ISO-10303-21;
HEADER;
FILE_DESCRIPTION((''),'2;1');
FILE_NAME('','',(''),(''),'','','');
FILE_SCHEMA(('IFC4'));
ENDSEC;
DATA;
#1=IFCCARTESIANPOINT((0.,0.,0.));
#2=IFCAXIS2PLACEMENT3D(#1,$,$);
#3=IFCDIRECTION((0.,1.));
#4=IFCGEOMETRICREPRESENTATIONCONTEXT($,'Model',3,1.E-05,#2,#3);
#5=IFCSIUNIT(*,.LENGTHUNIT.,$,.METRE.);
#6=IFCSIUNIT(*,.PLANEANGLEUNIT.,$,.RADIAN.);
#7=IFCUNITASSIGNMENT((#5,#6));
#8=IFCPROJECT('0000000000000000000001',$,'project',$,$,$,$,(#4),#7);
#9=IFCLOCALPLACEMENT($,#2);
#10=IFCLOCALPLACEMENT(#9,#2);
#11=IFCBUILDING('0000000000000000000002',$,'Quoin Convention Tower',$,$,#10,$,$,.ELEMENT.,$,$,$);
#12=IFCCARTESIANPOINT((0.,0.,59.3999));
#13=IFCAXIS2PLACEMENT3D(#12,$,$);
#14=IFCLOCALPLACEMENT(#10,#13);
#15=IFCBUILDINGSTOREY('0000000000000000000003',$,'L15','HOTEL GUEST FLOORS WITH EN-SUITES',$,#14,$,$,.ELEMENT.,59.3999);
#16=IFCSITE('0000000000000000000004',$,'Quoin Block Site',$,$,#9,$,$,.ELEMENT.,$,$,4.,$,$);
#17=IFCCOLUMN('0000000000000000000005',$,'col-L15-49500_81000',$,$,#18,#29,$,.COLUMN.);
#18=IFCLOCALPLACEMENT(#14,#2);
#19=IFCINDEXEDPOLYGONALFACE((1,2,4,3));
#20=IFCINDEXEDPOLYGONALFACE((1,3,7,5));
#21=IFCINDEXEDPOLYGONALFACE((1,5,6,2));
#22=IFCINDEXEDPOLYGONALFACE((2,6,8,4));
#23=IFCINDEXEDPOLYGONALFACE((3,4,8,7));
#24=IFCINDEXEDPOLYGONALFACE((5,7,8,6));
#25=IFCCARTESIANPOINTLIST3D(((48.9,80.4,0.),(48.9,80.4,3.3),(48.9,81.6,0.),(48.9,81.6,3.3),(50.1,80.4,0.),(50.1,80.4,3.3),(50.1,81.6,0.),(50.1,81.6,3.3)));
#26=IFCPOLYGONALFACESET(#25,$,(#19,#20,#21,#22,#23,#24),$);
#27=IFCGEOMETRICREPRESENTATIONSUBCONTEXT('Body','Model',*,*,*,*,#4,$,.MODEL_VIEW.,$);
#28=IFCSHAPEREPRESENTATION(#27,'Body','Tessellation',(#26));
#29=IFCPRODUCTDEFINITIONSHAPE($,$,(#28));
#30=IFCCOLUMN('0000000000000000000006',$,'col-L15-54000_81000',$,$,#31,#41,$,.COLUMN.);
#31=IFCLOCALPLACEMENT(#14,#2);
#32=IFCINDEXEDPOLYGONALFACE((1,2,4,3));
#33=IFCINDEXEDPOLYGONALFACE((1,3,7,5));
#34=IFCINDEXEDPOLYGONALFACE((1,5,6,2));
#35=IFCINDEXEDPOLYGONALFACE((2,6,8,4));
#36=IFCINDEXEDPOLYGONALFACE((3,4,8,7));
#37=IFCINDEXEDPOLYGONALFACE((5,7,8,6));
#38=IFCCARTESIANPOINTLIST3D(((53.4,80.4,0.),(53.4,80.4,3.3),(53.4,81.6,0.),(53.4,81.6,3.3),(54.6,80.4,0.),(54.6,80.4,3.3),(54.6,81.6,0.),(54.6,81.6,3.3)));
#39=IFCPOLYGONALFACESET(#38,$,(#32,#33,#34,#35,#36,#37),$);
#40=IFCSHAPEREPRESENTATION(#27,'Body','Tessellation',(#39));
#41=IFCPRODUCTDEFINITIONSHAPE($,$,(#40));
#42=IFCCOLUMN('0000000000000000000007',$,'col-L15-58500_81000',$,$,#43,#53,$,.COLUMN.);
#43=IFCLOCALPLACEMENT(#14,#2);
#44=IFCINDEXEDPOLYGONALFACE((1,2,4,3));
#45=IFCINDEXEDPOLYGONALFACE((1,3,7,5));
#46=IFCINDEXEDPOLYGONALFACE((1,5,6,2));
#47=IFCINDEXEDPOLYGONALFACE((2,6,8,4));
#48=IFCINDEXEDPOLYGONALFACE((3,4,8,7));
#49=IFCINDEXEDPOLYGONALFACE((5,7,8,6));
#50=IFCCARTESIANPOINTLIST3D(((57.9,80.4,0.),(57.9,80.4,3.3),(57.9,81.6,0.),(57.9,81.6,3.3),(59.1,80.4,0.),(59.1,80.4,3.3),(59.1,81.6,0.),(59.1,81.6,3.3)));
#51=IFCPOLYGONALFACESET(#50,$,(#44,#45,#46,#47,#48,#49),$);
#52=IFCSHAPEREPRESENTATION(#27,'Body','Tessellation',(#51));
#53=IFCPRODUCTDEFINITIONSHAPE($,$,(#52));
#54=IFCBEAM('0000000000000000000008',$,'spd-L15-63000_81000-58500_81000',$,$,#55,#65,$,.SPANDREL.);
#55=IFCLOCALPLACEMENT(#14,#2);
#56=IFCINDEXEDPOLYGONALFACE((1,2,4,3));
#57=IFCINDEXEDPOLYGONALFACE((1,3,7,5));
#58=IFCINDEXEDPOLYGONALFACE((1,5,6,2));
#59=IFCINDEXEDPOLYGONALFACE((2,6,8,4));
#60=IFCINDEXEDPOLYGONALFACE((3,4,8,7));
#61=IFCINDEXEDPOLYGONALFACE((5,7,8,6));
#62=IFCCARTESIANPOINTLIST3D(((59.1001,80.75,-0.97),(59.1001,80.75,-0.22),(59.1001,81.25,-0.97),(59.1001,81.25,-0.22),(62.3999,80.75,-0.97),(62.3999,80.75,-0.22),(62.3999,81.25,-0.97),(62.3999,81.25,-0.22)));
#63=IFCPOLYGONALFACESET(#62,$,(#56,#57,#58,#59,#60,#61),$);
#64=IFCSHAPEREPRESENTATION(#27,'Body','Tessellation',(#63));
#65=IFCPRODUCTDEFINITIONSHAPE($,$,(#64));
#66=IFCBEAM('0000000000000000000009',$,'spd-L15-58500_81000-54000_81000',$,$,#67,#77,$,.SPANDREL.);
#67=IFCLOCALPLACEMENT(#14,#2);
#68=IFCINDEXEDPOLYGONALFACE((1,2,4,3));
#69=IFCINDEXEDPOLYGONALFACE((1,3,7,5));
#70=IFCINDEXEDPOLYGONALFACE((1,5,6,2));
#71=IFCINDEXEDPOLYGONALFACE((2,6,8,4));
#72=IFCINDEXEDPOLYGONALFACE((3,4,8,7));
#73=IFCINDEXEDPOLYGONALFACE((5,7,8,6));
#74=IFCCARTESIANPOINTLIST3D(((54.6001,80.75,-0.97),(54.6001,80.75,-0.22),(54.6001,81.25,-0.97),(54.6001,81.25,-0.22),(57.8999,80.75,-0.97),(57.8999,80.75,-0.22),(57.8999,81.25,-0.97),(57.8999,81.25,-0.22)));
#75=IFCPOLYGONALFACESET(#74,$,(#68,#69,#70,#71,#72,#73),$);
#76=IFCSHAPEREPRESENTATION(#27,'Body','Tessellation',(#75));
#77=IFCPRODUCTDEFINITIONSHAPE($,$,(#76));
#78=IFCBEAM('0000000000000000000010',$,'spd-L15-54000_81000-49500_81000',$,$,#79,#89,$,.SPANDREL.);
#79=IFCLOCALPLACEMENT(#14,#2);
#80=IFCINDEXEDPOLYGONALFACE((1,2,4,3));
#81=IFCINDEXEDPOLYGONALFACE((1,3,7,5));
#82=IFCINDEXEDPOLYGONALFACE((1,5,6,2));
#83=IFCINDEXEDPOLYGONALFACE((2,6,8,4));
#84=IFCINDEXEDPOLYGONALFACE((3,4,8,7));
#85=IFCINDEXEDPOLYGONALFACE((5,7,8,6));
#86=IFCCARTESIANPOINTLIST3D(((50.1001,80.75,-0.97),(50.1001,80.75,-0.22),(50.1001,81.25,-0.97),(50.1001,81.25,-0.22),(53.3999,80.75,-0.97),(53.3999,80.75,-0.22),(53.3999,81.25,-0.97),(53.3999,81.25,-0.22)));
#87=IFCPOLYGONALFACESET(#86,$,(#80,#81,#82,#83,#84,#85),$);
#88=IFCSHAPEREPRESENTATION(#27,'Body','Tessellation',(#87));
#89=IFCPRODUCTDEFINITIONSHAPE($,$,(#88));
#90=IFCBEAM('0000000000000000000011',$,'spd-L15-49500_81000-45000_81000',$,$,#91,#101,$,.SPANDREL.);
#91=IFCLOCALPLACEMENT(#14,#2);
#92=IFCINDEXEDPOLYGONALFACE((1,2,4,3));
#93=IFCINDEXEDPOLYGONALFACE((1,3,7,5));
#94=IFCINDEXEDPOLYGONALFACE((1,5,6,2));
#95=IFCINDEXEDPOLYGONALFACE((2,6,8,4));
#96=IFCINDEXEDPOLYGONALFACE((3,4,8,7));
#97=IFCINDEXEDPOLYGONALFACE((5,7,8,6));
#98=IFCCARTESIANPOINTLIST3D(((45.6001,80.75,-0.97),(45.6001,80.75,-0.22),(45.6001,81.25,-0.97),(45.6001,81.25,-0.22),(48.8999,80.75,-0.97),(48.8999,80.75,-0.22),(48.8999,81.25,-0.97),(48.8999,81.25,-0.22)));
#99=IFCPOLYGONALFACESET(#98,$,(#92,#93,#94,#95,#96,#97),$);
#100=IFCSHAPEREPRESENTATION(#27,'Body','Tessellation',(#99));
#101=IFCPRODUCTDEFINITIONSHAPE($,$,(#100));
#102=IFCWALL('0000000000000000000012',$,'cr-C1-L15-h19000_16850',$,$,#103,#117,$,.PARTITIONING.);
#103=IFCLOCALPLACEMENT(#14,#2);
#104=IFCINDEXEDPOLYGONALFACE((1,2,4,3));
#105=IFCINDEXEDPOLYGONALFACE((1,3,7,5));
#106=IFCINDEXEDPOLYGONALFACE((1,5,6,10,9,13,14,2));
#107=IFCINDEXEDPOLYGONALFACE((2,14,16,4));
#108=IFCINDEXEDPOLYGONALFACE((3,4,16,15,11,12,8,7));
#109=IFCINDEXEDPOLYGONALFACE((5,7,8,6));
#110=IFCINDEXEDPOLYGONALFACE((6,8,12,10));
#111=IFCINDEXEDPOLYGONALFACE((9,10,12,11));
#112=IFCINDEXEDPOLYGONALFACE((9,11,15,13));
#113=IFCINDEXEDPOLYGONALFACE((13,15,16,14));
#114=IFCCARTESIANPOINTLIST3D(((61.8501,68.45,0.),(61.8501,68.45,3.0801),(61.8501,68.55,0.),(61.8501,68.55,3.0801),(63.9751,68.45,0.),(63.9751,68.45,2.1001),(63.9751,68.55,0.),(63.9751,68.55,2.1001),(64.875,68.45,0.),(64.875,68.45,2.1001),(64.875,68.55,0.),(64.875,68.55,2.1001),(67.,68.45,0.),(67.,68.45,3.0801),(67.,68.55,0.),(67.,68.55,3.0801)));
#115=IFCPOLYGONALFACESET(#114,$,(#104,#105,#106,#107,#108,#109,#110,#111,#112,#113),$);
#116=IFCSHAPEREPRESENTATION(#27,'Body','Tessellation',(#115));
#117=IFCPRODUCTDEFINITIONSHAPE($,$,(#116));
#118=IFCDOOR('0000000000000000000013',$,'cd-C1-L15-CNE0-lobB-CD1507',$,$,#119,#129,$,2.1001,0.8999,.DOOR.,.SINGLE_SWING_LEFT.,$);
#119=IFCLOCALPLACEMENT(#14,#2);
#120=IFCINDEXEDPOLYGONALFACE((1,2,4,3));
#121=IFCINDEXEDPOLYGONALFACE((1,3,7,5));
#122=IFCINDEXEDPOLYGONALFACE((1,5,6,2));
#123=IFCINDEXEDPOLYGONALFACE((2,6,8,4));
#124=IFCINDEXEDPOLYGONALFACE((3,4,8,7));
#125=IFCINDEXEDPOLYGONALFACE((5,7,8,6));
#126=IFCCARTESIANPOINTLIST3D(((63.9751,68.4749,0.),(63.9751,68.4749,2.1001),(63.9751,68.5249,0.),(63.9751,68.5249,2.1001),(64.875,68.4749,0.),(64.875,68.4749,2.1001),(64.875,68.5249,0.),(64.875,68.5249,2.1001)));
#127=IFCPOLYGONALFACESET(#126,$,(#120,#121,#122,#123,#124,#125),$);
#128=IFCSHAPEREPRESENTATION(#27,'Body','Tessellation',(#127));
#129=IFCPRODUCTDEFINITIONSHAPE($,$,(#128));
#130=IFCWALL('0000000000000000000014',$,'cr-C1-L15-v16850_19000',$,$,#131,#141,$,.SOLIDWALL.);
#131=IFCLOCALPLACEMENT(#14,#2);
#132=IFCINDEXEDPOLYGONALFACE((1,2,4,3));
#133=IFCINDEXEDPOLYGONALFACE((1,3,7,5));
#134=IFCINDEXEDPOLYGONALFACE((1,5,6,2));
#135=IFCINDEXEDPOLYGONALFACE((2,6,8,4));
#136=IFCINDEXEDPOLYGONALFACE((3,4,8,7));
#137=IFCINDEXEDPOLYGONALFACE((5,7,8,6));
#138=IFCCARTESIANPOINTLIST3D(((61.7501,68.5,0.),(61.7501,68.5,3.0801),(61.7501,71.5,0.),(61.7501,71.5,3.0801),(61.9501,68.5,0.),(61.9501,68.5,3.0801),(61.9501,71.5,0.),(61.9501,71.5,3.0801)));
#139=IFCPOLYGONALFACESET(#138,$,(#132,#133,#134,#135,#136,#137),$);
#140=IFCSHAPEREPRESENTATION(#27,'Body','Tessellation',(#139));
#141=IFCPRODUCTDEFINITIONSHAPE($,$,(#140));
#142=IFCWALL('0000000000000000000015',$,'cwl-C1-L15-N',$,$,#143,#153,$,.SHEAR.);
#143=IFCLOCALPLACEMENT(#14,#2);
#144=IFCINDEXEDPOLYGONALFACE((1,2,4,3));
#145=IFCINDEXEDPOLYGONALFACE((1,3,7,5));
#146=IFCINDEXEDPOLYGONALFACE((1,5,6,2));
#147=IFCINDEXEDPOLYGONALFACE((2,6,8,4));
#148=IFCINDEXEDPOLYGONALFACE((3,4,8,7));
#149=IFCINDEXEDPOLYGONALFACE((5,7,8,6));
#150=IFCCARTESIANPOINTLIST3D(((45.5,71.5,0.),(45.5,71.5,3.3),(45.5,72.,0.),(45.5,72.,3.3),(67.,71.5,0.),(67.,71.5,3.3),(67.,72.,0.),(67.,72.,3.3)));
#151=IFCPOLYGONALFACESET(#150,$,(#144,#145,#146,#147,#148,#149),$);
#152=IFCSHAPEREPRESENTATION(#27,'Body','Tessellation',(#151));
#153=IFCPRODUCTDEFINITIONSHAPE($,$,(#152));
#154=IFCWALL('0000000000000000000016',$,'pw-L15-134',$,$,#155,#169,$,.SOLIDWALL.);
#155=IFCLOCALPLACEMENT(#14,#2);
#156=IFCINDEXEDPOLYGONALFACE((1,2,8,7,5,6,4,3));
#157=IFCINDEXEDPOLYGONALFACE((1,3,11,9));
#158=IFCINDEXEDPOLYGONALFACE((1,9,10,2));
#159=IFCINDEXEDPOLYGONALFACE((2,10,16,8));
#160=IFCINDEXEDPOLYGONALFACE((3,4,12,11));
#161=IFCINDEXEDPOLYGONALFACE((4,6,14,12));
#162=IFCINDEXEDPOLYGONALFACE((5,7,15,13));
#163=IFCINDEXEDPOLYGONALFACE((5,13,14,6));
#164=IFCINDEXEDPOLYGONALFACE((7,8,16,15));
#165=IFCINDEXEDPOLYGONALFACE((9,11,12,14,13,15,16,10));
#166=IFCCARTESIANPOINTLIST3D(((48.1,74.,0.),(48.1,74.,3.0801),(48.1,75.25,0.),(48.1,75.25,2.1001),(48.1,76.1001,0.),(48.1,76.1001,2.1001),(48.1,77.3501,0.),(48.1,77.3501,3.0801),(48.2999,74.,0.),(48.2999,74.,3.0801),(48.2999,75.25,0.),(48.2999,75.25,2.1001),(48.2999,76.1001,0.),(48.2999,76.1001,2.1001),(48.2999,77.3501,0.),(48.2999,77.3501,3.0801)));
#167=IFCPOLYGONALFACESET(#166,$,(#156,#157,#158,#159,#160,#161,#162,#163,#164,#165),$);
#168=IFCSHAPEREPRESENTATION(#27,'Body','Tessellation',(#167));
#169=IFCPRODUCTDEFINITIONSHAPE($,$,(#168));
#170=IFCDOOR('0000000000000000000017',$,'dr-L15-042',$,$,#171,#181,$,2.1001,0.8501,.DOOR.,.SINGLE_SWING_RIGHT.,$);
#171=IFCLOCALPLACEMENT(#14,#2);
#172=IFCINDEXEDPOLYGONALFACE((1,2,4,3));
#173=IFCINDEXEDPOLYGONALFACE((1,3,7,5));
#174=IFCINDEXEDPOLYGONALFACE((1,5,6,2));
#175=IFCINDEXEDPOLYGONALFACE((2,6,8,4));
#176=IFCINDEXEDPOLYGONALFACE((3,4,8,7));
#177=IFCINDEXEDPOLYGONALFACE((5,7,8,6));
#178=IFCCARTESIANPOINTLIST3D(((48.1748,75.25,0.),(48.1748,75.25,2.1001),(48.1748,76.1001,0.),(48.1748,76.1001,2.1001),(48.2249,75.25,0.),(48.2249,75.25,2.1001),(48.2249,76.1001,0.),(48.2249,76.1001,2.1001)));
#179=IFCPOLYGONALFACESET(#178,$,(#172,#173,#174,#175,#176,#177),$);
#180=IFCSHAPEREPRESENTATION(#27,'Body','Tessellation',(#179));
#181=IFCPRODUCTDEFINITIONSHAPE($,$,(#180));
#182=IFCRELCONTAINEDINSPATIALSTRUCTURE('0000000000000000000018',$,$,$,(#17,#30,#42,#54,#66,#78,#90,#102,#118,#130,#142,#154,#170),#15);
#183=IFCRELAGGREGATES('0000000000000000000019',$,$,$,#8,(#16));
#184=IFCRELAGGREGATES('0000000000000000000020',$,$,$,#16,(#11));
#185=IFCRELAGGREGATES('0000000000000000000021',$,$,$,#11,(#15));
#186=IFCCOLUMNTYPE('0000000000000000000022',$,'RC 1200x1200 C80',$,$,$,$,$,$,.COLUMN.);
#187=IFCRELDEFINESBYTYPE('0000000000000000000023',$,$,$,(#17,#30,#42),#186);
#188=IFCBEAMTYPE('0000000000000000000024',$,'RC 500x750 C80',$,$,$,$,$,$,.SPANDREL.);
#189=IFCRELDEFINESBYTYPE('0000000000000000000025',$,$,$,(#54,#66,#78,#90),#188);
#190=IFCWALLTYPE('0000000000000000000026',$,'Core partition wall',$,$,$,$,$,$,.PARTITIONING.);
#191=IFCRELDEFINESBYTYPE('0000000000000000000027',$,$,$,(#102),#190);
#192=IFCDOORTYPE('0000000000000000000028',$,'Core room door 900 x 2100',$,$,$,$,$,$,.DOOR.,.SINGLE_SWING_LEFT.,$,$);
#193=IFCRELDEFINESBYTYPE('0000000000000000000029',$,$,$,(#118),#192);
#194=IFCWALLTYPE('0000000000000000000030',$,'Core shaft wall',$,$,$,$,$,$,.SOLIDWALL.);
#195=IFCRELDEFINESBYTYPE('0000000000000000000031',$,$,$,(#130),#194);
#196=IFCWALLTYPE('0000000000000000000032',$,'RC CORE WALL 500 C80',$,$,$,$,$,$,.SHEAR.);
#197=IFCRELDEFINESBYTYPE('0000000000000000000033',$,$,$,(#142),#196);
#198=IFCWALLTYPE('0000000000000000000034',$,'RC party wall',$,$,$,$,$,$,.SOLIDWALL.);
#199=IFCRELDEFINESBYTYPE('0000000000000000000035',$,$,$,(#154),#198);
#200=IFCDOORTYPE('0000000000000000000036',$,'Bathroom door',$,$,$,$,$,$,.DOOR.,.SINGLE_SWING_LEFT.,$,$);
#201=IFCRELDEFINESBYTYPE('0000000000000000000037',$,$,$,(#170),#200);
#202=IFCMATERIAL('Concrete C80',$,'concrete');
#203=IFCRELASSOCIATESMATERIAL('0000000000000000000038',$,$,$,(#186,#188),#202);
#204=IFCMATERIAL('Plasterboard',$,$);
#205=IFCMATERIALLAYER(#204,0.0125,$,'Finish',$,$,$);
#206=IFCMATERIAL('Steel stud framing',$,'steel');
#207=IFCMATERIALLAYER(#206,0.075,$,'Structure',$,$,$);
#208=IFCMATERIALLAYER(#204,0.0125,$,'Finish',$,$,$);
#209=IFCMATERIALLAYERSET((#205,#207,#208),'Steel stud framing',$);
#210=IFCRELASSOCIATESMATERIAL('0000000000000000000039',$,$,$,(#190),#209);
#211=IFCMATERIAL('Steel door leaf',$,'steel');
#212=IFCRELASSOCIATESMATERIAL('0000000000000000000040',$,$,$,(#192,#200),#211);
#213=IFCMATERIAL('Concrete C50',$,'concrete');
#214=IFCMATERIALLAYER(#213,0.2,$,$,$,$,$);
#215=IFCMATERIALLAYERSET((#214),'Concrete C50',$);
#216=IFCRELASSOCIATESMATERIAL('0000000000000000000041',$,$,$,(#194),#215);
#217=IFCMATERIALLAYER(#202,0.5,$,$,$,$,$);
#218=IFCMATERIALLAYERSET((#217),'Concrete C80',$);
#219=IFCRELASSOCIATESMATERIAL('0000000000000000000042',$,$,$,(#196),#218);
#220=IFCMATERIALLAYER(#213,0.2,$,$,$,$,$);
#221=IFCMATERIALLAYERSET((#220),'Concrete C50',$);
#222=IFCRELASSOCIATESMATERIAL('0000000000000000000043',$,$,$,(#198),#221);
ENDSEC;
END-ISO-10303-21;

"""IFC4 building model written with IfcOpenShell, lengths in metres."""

from ifc_helpers import new_model, si_unit, direction, frame, frame_2d, origin, origin_2d, place, context, subcontext, project, spatial, rectangle, extrude, material, layer, layer_set, material_profile, profile_set, type_object, element, fill, save


model = new_model("IFC4")

# Units and contexts
model_context = context("Model", 3, precision=1e-05, world=origin(), true_north=direction((0.0, 1.0)))
body_context = subcontext(model_context, "Body", "Model", "MODEL_VIEW")
ifc_project = project(units=[si_unit("LENGTHUNIT", "METRE"), si_unit("PLANEANGLEUNIT", "RADIAN")], contexts=[model_context])

# Site, building, storey
site_placement = place(None, origin())
site = spatial("IfcSite", under=ifc_project, at=site_placement, Name="Quoin Block Site", CompositionType="ELEMENT", RefElevation=4.0)
building_placement = place(site_placement, origin())
building = spatial("IfcBuilding", under=site, at=building_placement, Name="Quoin Convention Tower", CompositionType="ELEMENT")
storey_placement = place(building_placement, frame((0.0, 0.0, 59.3999)))
storey = spatial("IfcBuildingStorey", under=building, at=storey_placement, Name="L15", Description="HOTEL GUEST FLOORS WITH EN-SUITES", CompositionType="ELEMENT", Elevation=59.3999)

# Columns
ifc_material_1 = material(Name="Concrete C80", Category="concrete")
ifc_material_profile_1 = material_profile(ifc_material_1, rectangle(XDim=1.2, YDim=1.2, at=origin_2d()), Name="RC 1200x1200")
ifc_profile_set_1 = profile_set([ifc_material_profile_1], Name="Concrete C80")
column_type = type_object("IfcColumnType", Name="RC 1200x1200 C80", PredefinedType="COLUMN", material=ifc_profile_set_1)
for number, where, z_axis, x_axis, name in (
    (1, (49.5, 81.0, 0.0), (0.0, 0.0, 1.0), (1.0, 0.0, 0.0), "col-L15-49500_81000"),
    (2, (54.0, 81.0, 0.0), (0.0, 0.0, 1.0), (1.0, 0.0, 0.0), "col-L15-54000_81000"),
    (3, (58.5, 81.0, 0.0), (0.0, 0.0, 1.0), (1.0, 0.0, 0.0), "col-L15-58500_81000"),
):
    element("IfcColumn", number, at=place(storey_placement, frame(where, z_axis=z_axis, x_axis=x_axis)), inside=storey, type_object=column_type, Name=name, PredefinedType="COLUMN", context=body_context, shape_type="SweptSolid", body=[
        extrude(rectangle(XDim=1.2, YDim=1.2, at=origin_2d()), origin(), (0.0, 0.0, 1.0), 3.3),
    ])

# Beams
ifc_material_profile_2 = material_profile(ifc_material_1, rectangle(XDim=0.5, YDim=0.75, at=origin_2d()), Name="RC 500x750")
ifc_profile_set_2 = profile_set([ifc_material_profile_2], Name="Concrete C80")
beam_type = type_object("IfcBeamType", Name="RC 500x750 C80", PredefinedType="SPANDREL", material=ifc_profile_set_2)
for number, where, z_axis, x_axis, name in (
    (4, (62.3999, 81.0, -0.595), (-1.0, 0.0, 0.0), (0.0, -1.0, 0.0), "spd-L15-63000_81000-58500_81000"),
    (5, (57.8999, 81.0, -0.595), (-1.0, 0.0, 0.0), (0.0, -1.0, 0.0), "spd-L15-58500_81000-54000_81000"),
    (6, (53.3999, 81.0, -0.595), (-1.0, 0.0, 0.0), (0.0, -1.0, 0.0), "spd-L15-54000_81000-49500_81000"),
    (7, (48.8999, 81.0, -0.595), (-1.0, 0.0, 0.0), (0.0, -1.0, 0.0), "spd-L15-49500_81000-45000_81000"),
):
    element("IfcBeam", number, at=place(storey_placement, frame(where, z_axis=z_axis, x_axis=x_axis)), inside=storey, type_object=beam_type, Name=name, PredefinedType="SPANDREL", context=body_context, shape_type="SweptSolid", body=[
        extrude(rectangle(XDim=0.5, YDim=0.75, at=origin_2d()), origin(), (0.0, 0.0, 1.0), 3.2998),
    ])

# Wall, opening, door
ifc_material_2 = material(Name="Plasterboard")
ifc_layer_1 = layer(ifc_material_2, 0.0125, Name="Finish")
ifc_material_3 = material(Name="Steel stud framing", Category="steel")
ifc_layer_2 = layer(ifc_material_3, 0.075, Name="Structure")
ifc_layer_3 = layer(ifc_material_2, 0.0125, Name="Finish")
ifc_layer_set_1 = layer_set([ifc_layer_1, ifc_layer_2, ifc_layer_3], Name="Steel stud framing")
wall_type_1 = type_object("IfcWallType", Name="Core partition wall", PredefinedType="PARTITIONING", material=ifc_layer_set_1)
wall_1_placement = place(storey_placement, frame((61.8501, 68.5, 0.0), z_axis=(0.0, 0.0, 1.0), x_axis=(1.0, 0.0, 0.0)))
wall_1 = element("IfcWall", 8, at=wall_1_placement, inside=storey, type_object=wall_type_1, Name="cr-C1-L15-h19000_16850", PredefinedType="PARTITIONING", context=body_context, shape_type="SweptSolid", body=[
    extrude(rectangle(XDim=5.1499, YDim=0.1001, at=frame_2d((2.575, 0.0))), origin(), (0.0, 0.0, 1.0), 3.0801),
])
opening_1_placement = place(wall_1_placement, frame((2.125, 0.0, 0.0)))
opening_1 = element("IfcOpeningElement", 9, at=opening_1_placement, cuts=wall_1, PredefinedType="OPENING", context=body_context, shape_type="SweptSolid", body=[
    extrude(rectangle(XDim=0.8999, YDim=2.1001, at=frame_2d((0.45, 1.05))), frame((0.0, 0.0601, 0.0), z_axis=(0.0, -1.0, 0.0), x_axis=(1.0, 0.0, 0.0)), (0.0, 0.0, 1.0), 0.1201),
])
ifc_material_4 = material(Name="Steel door leaf", Category="steel")
door_type_1 = type_object("IfcDoorType", Name="Core room door 900 x 2100", OperationType="SINGLE_SWING_LEFT", PredefinedType="DOOR", material=ifc_material_4)
door_1_placement = place(opening_1_placement, origin())
door_1 = element("IfcDoor", 10, at=door_1_placement, inside=storey, type_object=door_type_1, Name="cd-C1-L15-CNE0-lobB-CD1507", OperationType="SINGLE_SWING_LEFT", OverallHeight=2.1001, OverallWidth=0.8999, PredefinedType="DOOR", context=body_context, shape_type="SweptSolid", body=[
    extrude(rectangle(XDim=0.8999, YDim=2.1001, at=frame_2d((0.45, 1.05))), frame((0.0, 0.0249, 0.0), z_axis=(0.0, -1.0, 0.0), x_axis=(1.0, 0.0, 0.0)), (0.0, 0.0, 1.0), 0.05),
])
fill(opening_1, door_1)

# Walls
ifc_material_5 = material(Name="Concrete C50", Category="concrete")
ifc_layer_4 = layer(ifc_material_5, 0.2)
ifc_layer_set_2 = layer_set([ifc_layer_4], Name="Concrete C50")
wall_type_2 = type_object("IfcWallType", Name="Core shaft wall", PredefinedType="SOLIDWALL", material=ifc_layer_set_2)
wall_2_placement = place(storey_placement, frame((61.8501, 68.5, 0.0), z_axis=(0.0, 0.0, 1.0), x_axis=(0.0, 1.0, 0.0)))
element("IfcWall", 11, at=wall_2_placement, inside=storey, type_object=wall_type_2, Name="cr-C1-L15-v16850_19000", PredefinedType="SOLIDWALL", context=body_context, shape_type="SweptSolid", body=[
    extrude(rectangle(XDim=3.0, YDim=0.2, at=frame_2d((1.5, 0.0))), origin(), (0.0, 0.0, 1.0), 3.0801),
])
ifc_layer_5 = layer(ifc_material_1, 0.5)
ifc_layer_set_3 = layer_set([ifc_layer_5], Name="Concrete C80")
wall_type_3 = type_object("IfcWallType", Name="RC CORE WALL 500 C80", PredefinedType="SHEAR", material=ifc_layer_set_3)
wall_3_placement = place(storey_placement, frame((45.5, 71.75, 0.0), z_axis=(0.0, 0.0, 1.0), x_axis=(1.0, 0.0, 0.0)))
element("IfcWall", 12, at=wall_3_placement, inside=storey, type_object=wall_type_3, Name="cwl-C1-L15-N", PredefinedType="SHEAR", context=body_context, shape_type="SweptSolid", body=[
    extrude(rectangle(XDim=21.5, YDim=0.5, at=frame_2d((10.75, 0.0))), origin(), (0.0, 0.0, 1.0), 3.3),
])

# Wall, opening, door
ifc_layer_6 = layer(ifc_material_5, 0.2)
ifc_layer_set_4 = layer_set([ifc_layer_6], Name="Concrete C50")
wall_type_4 = type_object("IfcWallType", Name="RC party wall", PredefinedType="SOLIDWALL", material=ifc_layer_set_4)
wall_4_placement = place(storey_placement, frame((48.2, 74.0, 0.0), z_axis=(0.0, 0.0, 1.0), x_axis=(0.0, 1.0, 0.0)))
wall_4 = element("IfcWall", 13, at=wall_4_placement, inside=storey, type_object=wall_type_4, Name="pw-L15-134", PredefinedType="SOLIDWALL", context=body_context, shape_type="SweptSolid", body=[
    extrude(rectangle(XDim=3.3501, YDim=0.2, at=frame_2d((1.675, 0.0))), origin(), (0.0, 0.0, 1.0), 3.0801),
])
opening_2_placement = place(wall_4_placement, frame((1.25, 0.0, 0.0)))
opening_2 = element("IfcOpeningElement", 14, at=opening_2_placement, cuts=wall_4, PredefinedType="OPENING", context=body_context, shape_type="SweptSolid", body=[
    extrude(rectangle(XDim=0.8501, YDim=2.1001, at=frame_2d((0.425, 1.05))), frame((0.0, 0.1099, 0.0), z_axis=(0.0, -1.0, 0.0), x_axis=(1.0, 0.0, 0.0)), (0.0, 0.0, 1.0), 0.22),
])
door_type_2 = type_object("IfcDoorType", Name="Bathroom door", OperationType="SINGLE_SWING_LEFT", PredefinedType="DOOR", material=ifc_material_4)
door_2_placement = place(opening_2_placement, frame((0.8501, 0.0, 0.0), z_axis=(0.0, 0.0, 1.0), x_axis=(-1.0, 0.0, 0.0)))
door_2 = element("IfcDoor", 15, at=door_2_placement, inside=storey, type_object=door_type_2, Name="dr-L15-042", OperationType="SINGLE_SWING_RIGHT", OverallHeight=2.1001, OverallWidth=0.8501, PredefinedType="DOOR", context=body_context, shape_type="SweptSolid", body=[
    extrude(rectangle(XDim=0.8501, YDim=2.1001, at=frame_2d((0.425, 1.05))), frame((0.0, 0.0249, 0.0), z_axis=(0.0, -1.0, 0.0), x_axis=(1.0, 0.0, 0.0)), (0.0, 0.0, 1.0), 0.05),
])
fill(opening_2, door_2)

save(model, "model.ifc")
